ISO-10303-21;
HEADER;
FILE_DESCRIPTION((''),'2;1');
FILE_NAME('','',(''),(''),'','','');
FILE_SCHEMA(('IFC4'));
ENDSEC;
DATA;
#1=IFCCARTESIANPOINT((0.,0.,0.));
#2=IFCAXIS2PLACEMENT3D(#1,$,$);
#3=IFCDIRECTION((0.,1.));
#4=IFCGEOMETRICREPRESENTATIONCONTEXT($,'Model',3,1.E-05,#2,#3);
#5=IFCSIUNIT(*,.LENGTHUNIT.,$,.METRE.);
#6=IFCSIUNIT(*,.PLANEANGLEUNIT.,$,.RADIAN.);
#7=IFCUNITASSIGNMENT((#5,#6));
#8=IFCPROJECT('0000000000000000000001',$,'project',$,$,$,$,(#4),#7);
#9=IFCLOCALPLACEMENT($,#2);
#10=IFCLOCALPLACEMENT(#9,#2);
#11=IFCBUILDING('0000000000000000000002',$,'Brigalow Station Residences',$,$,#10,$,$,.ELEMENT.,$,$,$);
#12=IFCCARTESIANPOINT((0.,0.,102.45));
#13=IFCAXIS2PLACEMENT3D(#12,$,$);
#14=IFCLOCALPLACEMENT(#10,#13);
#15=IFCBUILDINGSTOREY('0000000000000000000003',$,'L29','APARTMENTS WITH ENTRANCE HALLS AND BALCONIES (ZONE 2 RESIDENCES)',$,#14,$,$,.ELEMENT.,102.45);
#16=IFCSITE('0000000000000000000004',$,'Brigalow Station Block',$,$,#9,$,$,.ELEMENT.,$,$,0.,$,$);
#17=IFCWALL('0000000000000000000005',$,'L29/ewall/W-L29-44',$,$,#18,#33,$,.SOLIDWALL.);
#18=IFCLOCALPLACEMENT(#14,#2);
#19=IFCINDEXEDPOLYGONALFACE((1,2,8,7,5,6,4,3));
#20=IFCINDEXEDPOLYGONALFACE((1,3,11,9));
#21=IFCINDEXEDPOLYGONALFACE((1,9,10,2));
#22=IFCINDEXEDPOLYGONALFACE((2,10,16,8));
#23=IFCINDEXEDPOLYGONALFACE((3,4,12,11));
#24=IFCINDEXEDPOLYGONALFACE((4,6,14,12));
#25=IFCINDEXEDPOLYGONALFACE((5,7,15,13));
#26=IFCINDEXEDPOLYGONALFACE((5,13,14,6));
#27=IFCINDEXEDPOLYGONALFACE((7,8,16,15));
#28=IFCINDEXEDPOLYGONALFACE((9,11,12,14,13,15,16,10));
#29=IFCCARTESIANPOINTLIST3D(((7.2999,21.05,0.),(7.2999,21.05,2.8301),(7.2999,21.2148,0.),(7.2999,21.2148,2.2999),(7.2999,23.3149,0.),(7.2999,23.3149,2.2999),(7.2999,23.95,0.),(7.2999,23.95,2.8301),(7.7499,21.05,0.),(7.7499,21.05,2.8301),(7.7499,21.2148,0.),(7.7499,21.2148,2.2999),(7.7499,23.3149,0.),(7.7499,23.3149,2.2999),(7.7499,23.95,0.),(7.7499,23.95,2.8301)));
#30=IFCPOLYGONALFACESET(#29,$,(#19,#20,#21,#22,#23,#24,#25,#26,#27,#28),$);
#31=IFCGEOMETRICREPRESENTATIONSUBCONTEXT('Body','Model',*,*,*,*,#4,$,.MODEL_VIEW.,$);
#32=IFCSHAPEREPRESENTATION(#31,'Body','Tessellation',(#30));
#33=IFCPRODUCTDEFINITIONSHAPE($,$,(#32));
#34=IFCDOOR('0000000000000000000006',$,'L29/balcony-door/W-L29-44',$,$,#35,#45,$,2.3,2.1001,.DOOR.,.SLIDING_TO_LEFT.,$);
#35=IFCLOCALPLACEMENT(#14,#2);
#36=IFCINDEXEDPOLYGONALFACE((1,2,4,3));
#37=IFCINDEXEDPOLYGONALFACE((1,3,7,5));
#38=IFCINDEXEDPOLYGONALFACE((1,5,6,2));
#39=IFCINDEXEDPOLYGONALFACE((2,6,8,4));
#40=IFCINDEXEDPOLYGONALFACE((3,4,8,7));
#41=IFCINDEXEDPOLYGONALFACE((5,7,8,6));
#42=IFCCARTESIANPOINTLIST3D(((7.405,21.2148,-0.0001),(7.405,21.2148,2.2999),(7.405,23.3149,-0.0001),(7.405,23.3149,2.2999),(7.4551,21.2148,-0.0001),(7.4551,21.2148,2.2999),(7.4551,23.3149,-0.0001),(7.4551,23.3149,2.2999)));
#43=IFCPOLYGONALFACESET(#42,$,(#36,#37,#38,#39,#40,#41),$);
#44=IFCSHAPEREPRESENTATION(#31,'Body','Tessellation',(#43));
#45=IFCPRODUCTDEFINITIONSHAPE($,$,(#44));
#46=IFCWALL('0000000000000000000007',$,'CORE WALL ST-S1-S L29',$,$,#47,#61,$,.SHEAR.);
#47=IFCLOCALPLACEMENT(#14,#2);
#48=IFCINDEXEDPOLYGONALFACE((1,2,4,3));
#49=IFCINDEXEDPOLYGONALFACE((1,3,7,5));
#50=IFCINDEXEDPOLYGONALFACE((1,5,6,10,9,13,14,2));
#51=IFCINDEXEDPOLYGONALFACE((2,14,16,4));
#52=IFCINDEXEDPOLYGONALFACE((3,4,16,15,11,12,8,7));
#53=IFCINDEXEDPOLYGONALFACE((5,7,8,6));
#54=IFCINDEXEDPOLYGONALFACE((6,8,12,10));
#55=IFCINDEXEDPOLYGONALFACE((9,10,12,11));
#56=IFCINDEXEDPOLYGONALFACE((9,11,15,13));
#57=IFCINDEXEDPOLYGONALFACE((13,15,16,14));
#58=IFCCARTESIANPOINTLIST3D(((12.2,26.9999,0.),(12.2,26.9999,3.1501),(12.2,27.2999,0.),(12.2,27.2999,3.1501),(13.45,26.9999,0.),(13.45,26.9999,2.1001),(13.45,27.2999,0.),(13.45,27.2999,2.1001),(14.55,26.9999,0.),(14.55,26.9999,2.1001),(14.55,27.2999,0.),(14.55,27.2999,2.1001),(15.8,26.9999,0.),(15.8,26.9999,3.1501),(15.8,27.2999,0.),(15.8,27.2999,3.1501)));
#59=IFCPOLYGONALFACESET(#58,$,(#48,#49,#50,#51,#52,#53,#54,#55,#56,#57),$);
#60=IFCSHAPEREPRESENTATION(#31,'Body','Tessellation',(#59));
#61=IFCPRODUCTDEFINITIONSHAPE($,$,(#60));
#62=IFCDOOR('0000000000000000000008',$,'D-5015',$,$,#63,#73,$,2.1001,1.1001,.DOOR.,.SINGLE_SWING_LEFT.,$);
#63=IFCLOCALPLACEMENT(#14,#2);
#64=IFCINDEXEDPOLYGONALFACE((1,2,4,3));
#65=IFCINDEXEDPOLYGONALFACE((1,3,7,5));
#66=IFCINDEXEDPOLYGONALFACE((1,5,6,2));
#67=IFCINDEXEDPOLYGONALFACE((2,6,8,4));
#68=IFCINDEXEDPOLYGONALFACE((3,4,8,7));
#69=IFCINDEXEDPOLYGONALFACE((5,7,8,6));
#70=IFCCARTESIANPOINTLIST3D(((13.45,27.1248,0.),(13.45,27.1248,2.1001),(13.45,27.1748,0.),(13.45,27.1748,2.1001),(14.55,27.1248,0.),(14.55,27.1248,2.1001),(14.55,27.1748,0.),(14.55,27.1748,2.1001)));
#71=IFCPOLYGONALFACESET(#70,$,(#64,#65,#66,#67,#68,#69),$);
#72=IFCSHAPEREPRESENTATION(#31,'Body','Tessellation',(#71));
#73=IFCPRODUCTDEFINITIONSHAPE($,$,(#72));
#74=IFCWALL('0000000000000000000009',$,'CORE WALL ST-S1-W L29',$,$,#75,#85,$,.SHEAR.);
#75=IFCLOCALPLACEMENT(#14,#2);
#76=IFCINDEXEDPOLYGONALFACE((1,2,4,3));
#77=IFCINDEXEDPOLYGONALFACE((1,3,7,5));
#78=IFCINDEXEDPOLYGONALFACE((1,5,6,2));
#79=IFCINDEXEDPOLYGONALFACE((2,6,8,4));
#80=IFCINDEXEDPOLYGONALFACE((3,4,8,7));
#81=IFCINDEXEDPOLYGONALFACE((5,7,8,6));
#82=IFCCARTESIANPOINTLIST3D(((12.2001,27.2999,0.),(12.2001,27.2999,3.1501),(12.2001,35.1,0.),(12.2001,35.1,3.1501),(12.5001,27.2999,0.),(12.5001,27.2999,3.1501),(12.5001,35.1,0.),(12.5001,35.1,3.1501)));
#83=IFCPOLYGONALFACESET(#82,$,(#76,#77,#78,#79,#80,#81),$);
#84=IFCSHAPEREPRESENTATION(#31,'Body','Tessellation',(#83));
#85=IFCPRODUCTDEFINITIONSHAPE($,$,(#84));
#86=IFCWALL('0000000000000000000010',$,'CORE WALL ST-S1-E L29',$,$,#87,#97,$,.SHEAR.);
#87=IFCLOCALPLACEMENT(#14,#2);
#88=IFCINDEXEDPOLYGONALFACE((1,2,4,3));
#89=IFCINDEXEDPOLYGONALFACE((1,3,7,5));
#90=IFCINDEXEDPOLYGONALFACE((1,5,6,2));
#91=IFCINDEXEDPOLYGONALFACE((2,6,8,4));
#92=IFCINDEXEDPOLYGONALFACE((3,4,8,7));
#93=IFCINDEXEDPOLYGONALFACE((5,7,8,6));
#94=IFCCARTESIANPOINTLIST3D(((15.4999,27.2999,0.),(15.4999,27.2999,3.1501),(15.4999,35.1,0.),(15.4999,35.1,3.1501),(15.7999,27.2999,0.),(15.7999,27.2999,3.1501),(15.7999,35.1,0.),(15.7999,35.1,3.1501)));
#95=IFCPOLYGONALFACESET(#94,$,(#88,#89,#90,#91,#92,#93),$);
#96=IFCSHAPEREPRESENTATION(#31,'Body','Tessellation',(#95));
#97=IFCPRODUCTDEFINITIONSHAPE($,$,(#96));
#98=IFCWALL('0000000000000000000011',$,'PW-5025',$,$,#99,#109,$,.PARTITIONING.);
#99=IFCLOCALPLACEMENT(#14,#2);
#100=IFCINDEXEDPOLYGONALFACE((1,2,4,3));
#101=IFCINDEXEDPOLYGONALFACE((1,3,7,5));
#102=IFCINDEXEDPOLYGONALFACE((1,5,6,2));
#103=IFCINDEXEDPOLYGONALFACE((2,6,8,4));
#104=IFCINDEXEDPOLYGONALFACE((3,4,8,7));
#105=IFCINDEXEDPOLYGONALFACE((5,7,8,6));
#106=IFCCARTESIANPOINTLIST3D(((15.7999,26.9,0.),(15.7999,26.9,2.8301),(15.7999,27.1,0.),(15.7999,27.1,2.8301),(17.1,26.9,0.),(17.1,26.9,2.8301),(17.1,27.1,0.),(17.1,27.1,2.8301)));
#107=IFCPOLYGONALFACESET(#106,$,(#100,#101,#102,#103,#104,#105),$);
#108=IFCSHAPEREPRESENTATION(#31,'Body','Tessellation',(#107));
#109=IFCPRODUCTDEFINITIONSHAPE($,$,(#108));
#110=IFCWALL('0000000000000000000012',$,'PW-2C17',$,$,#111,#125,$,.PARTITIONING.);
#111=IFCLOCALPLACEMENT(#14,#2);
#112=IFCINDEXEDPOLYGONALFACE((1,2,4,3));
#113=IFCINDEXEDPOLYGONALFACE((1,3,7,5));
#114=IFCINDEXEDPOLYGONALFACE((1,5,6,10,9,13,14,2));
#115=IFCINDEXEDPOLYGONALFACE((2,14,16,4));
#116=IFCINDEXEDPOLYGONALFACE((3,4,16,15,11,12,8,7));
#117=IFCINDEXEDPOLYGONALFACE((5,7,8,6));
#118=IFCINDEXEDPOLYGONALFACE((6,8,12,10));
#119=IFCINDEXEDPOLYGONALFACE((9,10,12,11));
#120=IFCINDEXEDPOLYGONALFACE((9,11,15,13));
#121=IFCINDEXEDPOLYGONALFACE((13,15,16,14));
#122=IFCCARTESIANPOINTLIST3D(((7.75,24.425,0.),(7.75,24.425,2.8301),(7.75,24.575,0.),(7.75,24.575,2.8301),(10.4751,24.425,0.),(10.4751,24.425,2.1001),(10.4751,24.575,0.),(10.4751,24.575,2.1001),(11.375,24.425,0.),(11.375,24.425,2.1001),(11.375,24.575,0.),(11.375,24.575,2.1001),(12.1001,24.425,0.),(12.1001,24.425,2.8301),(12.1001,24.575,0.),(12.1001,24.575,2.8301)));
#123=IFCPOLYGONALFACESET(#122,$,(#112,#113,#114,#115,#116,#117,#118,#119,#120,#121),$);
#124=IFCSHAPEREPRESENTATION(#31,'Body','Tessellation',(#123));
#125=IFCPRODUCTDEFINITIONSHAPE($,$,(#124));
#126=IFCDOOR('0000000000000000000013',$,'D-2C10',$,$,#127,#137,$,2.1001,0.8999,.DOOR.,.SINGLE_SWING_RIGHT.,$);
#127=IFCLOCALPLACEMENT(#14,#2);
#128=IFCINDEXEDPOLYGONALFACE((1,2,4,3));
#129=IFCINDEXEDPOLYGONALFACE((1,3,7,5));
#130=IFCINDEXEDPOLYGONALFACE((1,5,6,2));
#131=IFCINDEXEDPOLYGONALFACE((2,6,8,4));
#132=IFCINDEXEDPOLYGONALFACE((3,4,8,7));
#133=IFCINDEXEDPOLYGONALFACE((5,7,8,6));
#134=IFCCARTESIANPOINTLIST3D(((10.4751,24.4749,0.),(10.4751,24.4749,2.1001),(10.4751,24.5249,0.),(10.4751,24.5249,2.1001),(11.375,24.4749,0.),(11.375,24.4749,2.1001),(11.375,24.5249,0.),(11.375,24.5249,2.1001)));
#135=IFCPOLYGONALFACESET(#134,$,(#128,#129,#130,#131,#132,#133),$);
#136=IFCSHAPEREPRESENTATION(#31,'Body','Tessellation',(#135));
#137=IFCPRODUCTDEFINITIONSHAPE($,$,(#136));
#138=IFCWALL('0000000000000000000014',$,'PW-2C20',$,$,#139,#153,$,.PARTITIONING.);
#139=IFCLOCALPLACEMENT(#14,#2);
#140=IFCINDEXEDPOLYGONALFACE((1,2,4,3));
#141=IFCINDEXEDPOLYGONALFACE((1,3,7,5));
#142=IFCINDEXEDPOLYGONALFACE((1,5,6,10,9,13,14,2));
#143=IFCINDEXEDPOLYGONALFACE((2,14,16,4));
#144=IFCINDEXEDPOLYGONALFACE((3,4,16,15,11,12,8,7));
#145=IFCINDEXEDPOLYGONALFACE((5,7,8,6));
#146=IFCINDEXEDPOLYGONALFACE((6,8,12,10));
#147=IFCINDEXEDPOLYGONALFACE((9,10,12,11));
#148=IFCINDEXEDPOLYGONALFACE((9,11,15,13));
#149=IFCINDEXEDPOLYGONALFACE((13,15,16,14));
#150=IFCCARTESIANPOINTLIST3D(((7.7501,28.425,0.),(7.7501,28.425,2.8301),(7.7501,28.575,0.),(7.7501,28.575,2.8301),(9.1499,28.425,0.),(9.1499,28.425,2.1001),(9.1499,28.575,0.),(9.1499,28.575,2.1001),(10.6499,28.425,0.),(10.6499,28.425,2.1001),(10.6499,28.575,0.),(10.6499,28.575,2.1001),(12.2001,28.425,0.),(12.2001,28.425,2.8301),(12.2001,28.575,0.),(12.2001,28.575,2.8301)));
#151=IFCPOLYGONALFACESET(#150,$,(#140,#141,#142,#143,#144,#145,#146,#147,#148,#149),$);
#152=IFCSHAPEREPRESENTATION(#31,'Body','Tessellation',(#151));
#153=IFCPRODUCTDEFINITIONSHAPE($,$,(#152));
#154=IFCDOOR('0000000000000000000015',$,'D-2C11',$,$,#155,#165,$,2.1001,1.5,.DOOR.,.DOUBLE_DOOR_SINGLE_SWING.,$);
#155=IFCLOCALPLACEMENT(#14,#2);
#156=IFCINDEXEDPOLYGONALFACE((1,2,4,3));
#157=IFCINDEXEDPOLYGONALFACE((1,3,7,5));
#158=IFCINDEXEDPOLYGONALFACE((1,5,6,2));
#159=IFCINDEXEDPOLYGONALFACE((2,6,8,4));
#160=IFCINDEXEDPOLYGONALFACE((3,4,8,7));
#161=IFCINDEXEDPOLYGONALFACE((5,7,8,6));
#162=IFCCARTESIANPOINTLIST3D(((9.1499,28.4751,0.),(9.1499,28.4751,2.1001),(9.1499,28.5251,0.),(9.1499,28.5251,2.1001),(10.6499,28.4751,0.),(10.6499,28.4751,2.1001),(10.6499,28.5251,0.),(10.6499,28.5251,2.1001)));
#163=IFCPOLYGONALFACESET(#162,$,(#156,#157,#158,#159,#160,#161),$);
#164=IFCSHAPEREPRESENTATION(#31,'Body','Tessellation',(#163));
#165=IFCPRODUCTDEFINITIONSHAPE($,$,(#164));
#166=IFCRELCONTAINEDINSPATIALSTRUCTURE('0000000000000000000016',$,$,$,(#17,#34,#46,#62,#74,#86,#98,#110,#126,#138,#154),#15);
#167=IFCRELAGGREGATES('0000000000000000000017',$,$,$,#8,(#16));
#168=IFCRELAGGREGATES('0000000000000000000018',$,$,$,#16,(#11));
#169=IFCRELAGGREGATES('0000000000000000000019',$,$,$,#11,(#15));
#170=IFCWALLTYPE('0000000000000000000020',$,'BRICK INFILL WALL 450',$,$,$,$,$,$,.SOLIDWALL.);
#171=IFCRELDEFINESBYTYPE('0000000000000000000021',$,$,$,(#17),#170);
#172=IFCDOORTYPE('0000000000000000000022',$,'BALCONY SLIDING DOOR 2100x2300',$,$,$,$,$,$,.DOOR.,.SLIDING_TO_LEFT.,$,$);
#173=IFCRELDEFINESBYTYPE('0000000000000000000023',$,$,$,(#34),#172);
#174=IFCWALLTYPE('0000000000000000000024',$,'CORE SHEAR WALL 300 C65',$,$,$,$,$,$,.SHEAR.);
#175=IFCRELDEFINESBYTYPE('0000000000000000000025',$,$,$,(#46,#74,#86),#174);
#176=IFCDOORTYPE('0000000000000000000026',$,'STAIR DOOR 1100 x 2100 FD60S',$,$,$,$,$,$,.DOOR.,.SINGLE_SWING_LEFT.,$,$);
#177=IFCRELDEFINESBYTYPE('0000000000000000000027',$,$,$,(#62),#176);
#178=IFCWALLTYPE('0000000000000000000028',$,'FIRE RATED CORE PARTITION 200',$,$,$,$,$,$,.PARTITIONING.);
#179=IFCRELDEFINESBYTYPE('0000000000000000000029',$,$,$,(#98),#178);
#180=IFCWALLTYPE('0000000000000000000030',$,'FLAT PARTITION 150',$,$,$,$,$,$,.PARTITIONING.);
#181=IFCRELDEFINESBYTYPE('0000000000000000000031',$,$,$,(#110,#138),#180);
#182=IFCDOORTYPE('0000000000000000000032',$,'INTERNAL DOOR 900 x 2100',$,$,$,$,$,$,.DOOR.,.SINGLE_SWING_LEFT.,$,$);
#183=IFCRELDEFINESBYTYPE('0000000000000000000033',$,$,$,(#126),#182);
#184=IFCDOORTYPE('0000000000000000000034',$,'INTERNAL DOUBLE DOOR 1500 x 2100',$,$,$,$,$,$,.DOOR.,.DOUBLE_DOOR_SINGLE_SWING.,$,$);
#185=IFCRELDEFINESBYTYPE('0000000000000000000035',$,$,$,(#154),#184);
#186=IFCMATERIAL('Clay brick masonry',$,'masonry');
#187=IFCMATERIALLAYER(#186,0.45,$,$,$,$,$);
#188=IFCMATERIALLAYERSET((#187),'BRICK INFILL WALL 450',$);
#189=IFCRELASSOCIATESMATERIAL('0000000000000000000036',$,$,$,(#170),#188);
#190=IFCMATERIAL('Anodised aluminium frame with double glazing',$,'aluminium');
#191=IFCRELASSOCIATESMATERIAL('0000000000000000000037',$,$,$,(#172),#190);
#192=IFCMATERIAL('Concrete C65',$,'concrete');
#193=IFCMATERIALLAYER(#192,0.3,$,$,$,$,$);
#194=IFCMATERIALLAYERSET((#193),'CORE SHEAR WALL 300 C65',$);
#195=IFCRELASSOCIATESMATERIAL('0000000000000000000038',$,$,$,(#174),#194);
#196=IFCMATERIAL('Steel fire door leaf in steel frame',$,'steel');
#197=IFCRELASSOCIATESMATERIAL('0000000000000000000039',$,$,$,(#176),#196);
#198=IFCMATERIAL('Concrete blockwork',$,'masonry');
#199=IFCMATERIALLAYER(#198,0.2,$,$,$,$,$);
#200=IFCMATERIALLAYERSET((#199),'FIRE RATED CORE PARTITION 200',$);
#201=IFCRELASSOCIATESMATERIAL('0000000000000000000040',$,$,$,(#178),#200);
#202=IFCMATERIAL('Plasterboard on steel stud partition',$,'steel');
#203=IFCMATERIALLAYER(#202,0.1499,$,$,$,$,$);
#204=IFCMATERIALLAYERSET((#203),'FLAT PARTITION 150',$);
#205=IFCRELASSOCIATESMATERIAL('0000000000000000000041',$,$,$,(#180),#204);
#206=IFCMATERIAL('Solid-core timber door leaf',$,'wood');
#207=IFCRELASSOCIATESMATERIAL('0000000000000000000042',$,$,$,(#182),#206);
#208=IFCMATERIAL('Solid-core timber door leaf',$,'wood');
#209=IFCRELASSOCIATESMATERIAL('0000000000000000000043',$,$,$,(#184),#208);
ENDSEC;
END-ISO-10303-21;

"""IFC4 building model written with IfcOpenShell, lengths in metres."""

from ifc_helpers import new_model, si_unit, direction, frame, frame_2d, origin, place, context, subcontext, project, spatial, rectangle, extrude, material, layer, layer_set, type_object, element, fill, save


model = new_model("IFC4")

# Units and contexts
model_context = context("Model", 3, precision=1e-05, world=origin(), true_north=direction((0.0, 1.0)))
body_context = subcontext(model_context, "Body", "Model", "MODEL_VIEW")
ifc_project = project(units=[si_unit("LENGTHUNIT", "METRE"), si_unit("PLANEANGLEUNIT", "RADIAN")], contexts=[model_context])

# Site, building, storey
site_placement = place(None, origin())
site = spatial("IfcSite", under=ifc_project, at=site_placement, Name="Brigalow Station Block", CompositionType="ELEMENT", RefElevation=0.0)
building_placement = place(site_placement, origin())
building = spatial("IfcBuilding", under=site, at=building_placement, Name="Brigalow Station Residences", CompositionType="ELEMENT")
storey_placement = place(building_placement, frame((0.0, 0.0, 102.45)))
storey = spatial("IfcBuildingStorey", under=building, at=storey_placement, Name="L29", Description="APARTMENTS WITH ENTRANCE HALLS AND BALCONIES (ZONE 2 RESIDENCES)", CompositionType="ELEMENT", Elevation=102.45)

# Shared definitions
ifc_material_1 = material(Name="Clay brick masonry", Category="masonry")
ifc_layer_1 = layer(ifc_material_1, 0.45)
ifc_layer_set_1 = layer_set([ifc_layer_1], Name="BRICK INFILL WALL 450")
wall_type_1 = type_object("IfcWallType", Name="BRICK INFILL WALL 450", PredefinedType="SOLIDWALL", material=ifc_layer_set_1)

# Walls, openings, doors
wall_1_placement = place(storey_placement, frame((7.5249, 23.95, 0.0), z_axis=(0.0, 0.0, 1.0), x_axis=(0.0, -1.0, 0.0)))
wall_1 = element("IfcWall", 1, at=wall_1_placement, inside=storey, type_object=wall_type_1, Name="L29/ewall/W-L29-44", PredefinedType="SOLIDWALL", context=body_context, shape_type="SweptSolid", body=[
    extrude(rectangle(XDim=2.8999, YDim=0.45, at=frame_2d((1.45, 0.0))), origin(), (0.0, 0.0, 1.0), 2.8301),
])
opening_1_placement = place(wall_1_placement, frame((0.635, 0.0, 0.0)))
opening_1 = element("IfcOpeningElement", 2, at=opening_1_placement, cuts=wall_1, PredefinedType="OPENING", context=body_context, shape_type="SweptSolid", body=[
    extrude(rectangle(XDim=2.1001, YDim=2.3, at=frame_2d((1.05, 1.1499))), frame((0.0, 0.2349, 0.0), z_axis=(0.0, -1.0, 0.0), x_axis=(1.0, 0.0, 0.0)), (0.0, 0.0, 1.0), 0.47),
])
ifc_material_2 = material(Name="Anodised aluminium frame with double glazing", Category="aluminium")
door_type_1 = type_object("IfcDoorType", Name="BALCONY SLIDING DOOR 2100x2300", OperationType="SLIDING_TO_LEFT", PredefinedType="DOOR", material=ifc_material_2)
door_1_placement = place(opening_1_placement, origin())
door_1 = element("IfcDoor", 3, at=door_1_placement, inside=storey, type_object=door_type_1, Name="L29/balcony-door/W-L29-44", OperationType="SLIDING_TO_LEFT", OverallHeight=2.3, OverallWidth=2.1001, PredefinedType="DOOR", context=body_context, shape_type="SweptSolid", body=[
    extrude(rectangle(XDim=2.1001, YDim=2.3, at=frame_2d((1.05, 1.1499))), frame((0.0, -0.0698, 0.0), z_axis=(0.0, -1.0, 0.0), x_axis=(1.0, 0.0, 0.0)), (0.0, 0.0, 1.0), 0.05),
])
fill(opening_1, door_1)
ifc_material_3 = material(Name="Concrete C65", Category="concrete")
ifc_layer_2 = layer(ifc_material_3, 0.3)
ifc_layer_set_2 = layer_set([ifc_layer_2], Name="CORE SHEAR WALL 300 C65")
wall_type_2 = type_object("IfcWallType", Name="CORE SHEAR WALL 300 C65", PredefinedType="SHEAR", material=ifc_layer_set_2)
wall_2_placement = place(storey_placement, frame((12.2, 27.1499, 0.0), z_axis=(0.0, 0.0, 1.0), x_axis=(1.0, 0.0, 0.0)))
wall_2 = element("IfcWall", 4, at=wall_2_placement, inside=storey, type_object=wall_type_2, Name="CORE WALL ST-S1-S L29", PredefinedType="SHEAR", context=body_context, shape_type="SweptSolid", body=[
    extrude(rectangle(XDim=3.6001, YDim=0.3, at=frame_2d((1.8, 0.0))), origin(), (0.0, 0.0, 1.0), 3.1501),
])
opening_2_placement = place(wall_2_placement, frame((1.25, 0.0, 0.0)))
opening_2 = element("IfcOpeningElement", 5, at=opening_2_placement, cuts=wall_2, PredefinedType="OPENING", context=body_context, shape_type="SweptSolid", body=[
    extrude(rectangle(XDim=1.1001, YDim=2.1001, at=frame_2d((0.55, 1.05))), frame((0.0, 0.1602, 0.0), z_axis=(0.0, -1.0, 0.0), x_axis=(1.0, 0.0, 0.0)), (0.0, 0.0, 1.0), 0.3201),
])
ifc_material_4 = material(Name="Steel fire door leaf in steel frame", Category="steel")
door_type_2 = type_object("IfcDoorType", Name="STAIR DOOR 1100 x 2100 FD60S", OperationType="SINGLE_SWING_LEFT", PredefinedType="DOOR", material=ifc_material_4)
door_2_placement = place(opening_2_placement, origin())
door_2 = element("IfcDoor", 6, at=door_2_placement, inside=storey, type_object=door_type_2, Name="D-5015", OperationType="SINGLE_SWING_LEFT", OverallHeight=2.1001, OverallWidth=1.1001, PredefinedType="DOOR", context=body_context, shape_type="SweptSolid", body=[
    extrude(rectangle(XDim=1.1001, YDim=2.1001, at=frame_2d((0.55, 1.05))), frame((0.0, 0.0249, 0.0), z_axis=(0.0, -1.0, 0.0), x_axis=(1.0, 0.0, 0.0)), (0.0, 0.0, 1.0), 0.05),
])
fill(opening_2, door_2)

# Walls
for number, where, z_axis, x_axis, name in (
    (7, (12.3501, 27.3, 0.0), (0.0, 0.0, 1.0), (0.0, 1.0, 0.0), "CORE WALL ST-S1-W L29"),
    (8, (15.6499, 27.3, 0.0), (0.0, 0.0, 1.0), (0.0, 1.0, 0.0), "CORE WALL ST-S1-E L29"),
):
    element("IfcWall", number, at=place(storey_placement, frame(where, z_axis=z_axis, x_axis=x_axis)), inside=storey, type_object=wall_type_2, Name=name, PredefinedType="SHEAR", context=body_context, shape_type="SweptSolid", body=[
        extrude(rectangle(XDim=7.8, YDim=0.3, at=frame_2d((3.8999, 0.0))), origin(), (0.0, 0.0, 1.0), 3.1501),
    ])
ifc_material_5 = material(Name="Concrete blockwork", Category="masonry")
ifc_layer_3 = layer(ifc_material_5, 0.2)
ifc_layer_set_3 = layer_set([ifc_layer_3], Name="FIRE RATED CORE PARTITION 200")
wall_type_3 = type_object("IfcWallType", Name="FIRE RATED CORE PARTITION 200", PredefinedType="PARTITIONING", material=ifc_layer_set_3)
wall_3_placement = place(storey_placement, frame((15.8, 27.0, 0.0), z_axis=(0.0, 0.0, 1.0), x_axis=(1.0, 0.0, 0.0)))
element("IfcWall", 9, at=wall_3_placement, inside=storey, type_object=wall_type_3, Name="PW-5025", PredefinedType="PARTITIONING", context=body_context, shape_type="SweptSolid", body=[
    extrude(rectangle(XDim=1.3, YDim=0.2, at=frame_2d((0.6499, 0.0))), origin(), (0.0, 0.0, 1.0), 2.8301),
])

# Walls, openings, doors
ifc_material_6 = material(Name="Plasterboard on steel stud partition", Category="steel")
ifc_layer_4 = layer(ifc_material_6, 0.1499)
ifc_layer_set_4 = layer_set([ifc_layer_4], Name="FLAT PARTITION 150")
wall_type_4 = type_object("IfcWallType", Name="FLAT PARTITION 150", PredefinedType="PARTITIONING", material=ifc_layer_set_4)
wall_4_placement = place(storey_placement, frame((7.75, 24.5, 0.0), z_axis=(0.0, 0.0, 1.0), x_axis=(1.0, 0.0, 0.0)))
wall_4 = element("IfcWall", 10, at=wall_4_placement, inside=storey, type_object=wall_type_4, Name="PW-2C17", PredefinedType="PARTITIONING", context=body_context, shape_type="SweptSolid", body=[
    extrude(rectangle(XDim=4.3501, YDim=0.1499, at=frame_2d((2.175, 0.0))), origin(), (0.0, 0.0, 1.0), 2.8301),
])
opening_3_placement = place(wall_4_placement, frame((2.7251, 0.0, 0.0)))
opening_3 = element("IfcOpeningElement", 11, at=opening_3_placement, cuts=wall_4, PredefinedType="OPENING", context=body_context, shape_type="SweptSolid", body=[
    extrude(rectangle(XDim=0.8999, YDim=2.1001, at=frame_2d((0.45, 1.05))), frame((0.0, 0.085, 0.0), z_axis=(0.0, -1.0, 0.0), x_axis=(1.0, 0.0, 0.0)), (0.0, 0.0, 1.0), 0.1699),
])
ifc_material_7 = material(Name="Solid-core timber door leaf", Category="wood")
door_type_3 = type_object("IfcDoorType", Name="INTERNAL DOOR 900 x 2100", OperationType="SINGLE_SWING_LEFT", PredefinedType="DOOR", material=ifc_material_7)
door_3_placement = place(opening_3_placement, origin())
door_3 = element("IfcDoor", 12, at=door_3_placement, inside=storey, type_object=door_type_3, Name="D-2C10", OperationType="SINGLE_SWING_RIGHT", OverallHeight=2.1001, OverallWidth=0.8999, PredefinedType="DOOR", context=body_context, shape_type="SweptSolid", body=[
    extrude(rectangle(XDim=0.8999, YDim=2.1001, at=frame_2d((0.45, 1.05))), frame((0.0, 0.0249, 0.0), z_axis=(0.0, -1.0, 0.0), x_axis=(1.0, 0.0, 0.0)), (0.0, 0.0, 1.0), 0.05),
])
fill(opening_3, door_3)
wall_5_placement = place(storey_placement, frame((7.75, 28.5, 0.0), z_axis=(0.0, 0.0, 1.0), x_axis=(1.0, 0.0, 0.0)))
wall_5 = element("IfcWall", 13, at=wall_5_placement, inside=storey, type_object=wall_type_4, Name="PW-2C20", PredefinedType="PARTITIONING", context=body_context, shape_type="SweptSolid", body=[
    extrude(rectangle(XDim=4.45, YDim=0.1499, at=frame_2d((2.2251, 0.0))), origin(), (0.0, 0.0, 1.0), 2.8301),
])
opening_4_placement = place(wall_5_placement, frame((1.3999, 0.0, 0.0)))
opening_4 = element("IfcOpeningElement", 14, at=opening_4_placement, cuts=wall_5, PredefinedType="OPENING", context=body_context, shape_type="SweptSolid", body=[
    extrude(rectangle(XDim=1.5, YDim=2.1001, at=frame_2d((0.75, 1.05))), frame((0.0, 0.085, 0.0), z_axis=(0.0, -1.0, 0.0), x_axis=(1.0, 0.0, 0.0)), (0.0, 0.0, 1.0), 0.1699),
])
ifc_material_8 = material(Name="Solid-core timber door leaf", Category="wood")
door_type_4 = type_object("IfcDoorType", Name="INTERNAL DOUBLE DOOR 1500 x 2100", OperationType="DOUBLE_DOOR_SINGLE_SWING", PredefinedType="DOOR", material=ifc_material_8)
door_4_placement = place(opening_4_placement, frame((1.5, 0.0, 0.0), z_axis=(0.0, 0.0, 1.0), x_axis=(-1.0, 0.0, 0.0)))
door_4 = element("IfcDoor", 15, at=door_4_placement, inside=storey, type_object=door_type_4, Name="D-2C11", OperationType="DOUBLE_DOOR_SINGLE_SWING", OverallHeight=2.1001, OverallWidth=1.5, PredefinedType="DOOR", context=body_context, shape_type="SweptSolid", body=[
    extrude(rectangle(XDim=1.5, YDim=2.1001, at=frame_2d((0.75, 1.05))), frame((0.0, 0.0249, 0.0), z_axis=(0.0, -1.0, 0.0), x_axis=(1.0, 0.0, 0.0)), (0.0, 0.0, 1.0), 0.05),
])
fill(opening_4, door_4)

save(model, "model.ifc")
